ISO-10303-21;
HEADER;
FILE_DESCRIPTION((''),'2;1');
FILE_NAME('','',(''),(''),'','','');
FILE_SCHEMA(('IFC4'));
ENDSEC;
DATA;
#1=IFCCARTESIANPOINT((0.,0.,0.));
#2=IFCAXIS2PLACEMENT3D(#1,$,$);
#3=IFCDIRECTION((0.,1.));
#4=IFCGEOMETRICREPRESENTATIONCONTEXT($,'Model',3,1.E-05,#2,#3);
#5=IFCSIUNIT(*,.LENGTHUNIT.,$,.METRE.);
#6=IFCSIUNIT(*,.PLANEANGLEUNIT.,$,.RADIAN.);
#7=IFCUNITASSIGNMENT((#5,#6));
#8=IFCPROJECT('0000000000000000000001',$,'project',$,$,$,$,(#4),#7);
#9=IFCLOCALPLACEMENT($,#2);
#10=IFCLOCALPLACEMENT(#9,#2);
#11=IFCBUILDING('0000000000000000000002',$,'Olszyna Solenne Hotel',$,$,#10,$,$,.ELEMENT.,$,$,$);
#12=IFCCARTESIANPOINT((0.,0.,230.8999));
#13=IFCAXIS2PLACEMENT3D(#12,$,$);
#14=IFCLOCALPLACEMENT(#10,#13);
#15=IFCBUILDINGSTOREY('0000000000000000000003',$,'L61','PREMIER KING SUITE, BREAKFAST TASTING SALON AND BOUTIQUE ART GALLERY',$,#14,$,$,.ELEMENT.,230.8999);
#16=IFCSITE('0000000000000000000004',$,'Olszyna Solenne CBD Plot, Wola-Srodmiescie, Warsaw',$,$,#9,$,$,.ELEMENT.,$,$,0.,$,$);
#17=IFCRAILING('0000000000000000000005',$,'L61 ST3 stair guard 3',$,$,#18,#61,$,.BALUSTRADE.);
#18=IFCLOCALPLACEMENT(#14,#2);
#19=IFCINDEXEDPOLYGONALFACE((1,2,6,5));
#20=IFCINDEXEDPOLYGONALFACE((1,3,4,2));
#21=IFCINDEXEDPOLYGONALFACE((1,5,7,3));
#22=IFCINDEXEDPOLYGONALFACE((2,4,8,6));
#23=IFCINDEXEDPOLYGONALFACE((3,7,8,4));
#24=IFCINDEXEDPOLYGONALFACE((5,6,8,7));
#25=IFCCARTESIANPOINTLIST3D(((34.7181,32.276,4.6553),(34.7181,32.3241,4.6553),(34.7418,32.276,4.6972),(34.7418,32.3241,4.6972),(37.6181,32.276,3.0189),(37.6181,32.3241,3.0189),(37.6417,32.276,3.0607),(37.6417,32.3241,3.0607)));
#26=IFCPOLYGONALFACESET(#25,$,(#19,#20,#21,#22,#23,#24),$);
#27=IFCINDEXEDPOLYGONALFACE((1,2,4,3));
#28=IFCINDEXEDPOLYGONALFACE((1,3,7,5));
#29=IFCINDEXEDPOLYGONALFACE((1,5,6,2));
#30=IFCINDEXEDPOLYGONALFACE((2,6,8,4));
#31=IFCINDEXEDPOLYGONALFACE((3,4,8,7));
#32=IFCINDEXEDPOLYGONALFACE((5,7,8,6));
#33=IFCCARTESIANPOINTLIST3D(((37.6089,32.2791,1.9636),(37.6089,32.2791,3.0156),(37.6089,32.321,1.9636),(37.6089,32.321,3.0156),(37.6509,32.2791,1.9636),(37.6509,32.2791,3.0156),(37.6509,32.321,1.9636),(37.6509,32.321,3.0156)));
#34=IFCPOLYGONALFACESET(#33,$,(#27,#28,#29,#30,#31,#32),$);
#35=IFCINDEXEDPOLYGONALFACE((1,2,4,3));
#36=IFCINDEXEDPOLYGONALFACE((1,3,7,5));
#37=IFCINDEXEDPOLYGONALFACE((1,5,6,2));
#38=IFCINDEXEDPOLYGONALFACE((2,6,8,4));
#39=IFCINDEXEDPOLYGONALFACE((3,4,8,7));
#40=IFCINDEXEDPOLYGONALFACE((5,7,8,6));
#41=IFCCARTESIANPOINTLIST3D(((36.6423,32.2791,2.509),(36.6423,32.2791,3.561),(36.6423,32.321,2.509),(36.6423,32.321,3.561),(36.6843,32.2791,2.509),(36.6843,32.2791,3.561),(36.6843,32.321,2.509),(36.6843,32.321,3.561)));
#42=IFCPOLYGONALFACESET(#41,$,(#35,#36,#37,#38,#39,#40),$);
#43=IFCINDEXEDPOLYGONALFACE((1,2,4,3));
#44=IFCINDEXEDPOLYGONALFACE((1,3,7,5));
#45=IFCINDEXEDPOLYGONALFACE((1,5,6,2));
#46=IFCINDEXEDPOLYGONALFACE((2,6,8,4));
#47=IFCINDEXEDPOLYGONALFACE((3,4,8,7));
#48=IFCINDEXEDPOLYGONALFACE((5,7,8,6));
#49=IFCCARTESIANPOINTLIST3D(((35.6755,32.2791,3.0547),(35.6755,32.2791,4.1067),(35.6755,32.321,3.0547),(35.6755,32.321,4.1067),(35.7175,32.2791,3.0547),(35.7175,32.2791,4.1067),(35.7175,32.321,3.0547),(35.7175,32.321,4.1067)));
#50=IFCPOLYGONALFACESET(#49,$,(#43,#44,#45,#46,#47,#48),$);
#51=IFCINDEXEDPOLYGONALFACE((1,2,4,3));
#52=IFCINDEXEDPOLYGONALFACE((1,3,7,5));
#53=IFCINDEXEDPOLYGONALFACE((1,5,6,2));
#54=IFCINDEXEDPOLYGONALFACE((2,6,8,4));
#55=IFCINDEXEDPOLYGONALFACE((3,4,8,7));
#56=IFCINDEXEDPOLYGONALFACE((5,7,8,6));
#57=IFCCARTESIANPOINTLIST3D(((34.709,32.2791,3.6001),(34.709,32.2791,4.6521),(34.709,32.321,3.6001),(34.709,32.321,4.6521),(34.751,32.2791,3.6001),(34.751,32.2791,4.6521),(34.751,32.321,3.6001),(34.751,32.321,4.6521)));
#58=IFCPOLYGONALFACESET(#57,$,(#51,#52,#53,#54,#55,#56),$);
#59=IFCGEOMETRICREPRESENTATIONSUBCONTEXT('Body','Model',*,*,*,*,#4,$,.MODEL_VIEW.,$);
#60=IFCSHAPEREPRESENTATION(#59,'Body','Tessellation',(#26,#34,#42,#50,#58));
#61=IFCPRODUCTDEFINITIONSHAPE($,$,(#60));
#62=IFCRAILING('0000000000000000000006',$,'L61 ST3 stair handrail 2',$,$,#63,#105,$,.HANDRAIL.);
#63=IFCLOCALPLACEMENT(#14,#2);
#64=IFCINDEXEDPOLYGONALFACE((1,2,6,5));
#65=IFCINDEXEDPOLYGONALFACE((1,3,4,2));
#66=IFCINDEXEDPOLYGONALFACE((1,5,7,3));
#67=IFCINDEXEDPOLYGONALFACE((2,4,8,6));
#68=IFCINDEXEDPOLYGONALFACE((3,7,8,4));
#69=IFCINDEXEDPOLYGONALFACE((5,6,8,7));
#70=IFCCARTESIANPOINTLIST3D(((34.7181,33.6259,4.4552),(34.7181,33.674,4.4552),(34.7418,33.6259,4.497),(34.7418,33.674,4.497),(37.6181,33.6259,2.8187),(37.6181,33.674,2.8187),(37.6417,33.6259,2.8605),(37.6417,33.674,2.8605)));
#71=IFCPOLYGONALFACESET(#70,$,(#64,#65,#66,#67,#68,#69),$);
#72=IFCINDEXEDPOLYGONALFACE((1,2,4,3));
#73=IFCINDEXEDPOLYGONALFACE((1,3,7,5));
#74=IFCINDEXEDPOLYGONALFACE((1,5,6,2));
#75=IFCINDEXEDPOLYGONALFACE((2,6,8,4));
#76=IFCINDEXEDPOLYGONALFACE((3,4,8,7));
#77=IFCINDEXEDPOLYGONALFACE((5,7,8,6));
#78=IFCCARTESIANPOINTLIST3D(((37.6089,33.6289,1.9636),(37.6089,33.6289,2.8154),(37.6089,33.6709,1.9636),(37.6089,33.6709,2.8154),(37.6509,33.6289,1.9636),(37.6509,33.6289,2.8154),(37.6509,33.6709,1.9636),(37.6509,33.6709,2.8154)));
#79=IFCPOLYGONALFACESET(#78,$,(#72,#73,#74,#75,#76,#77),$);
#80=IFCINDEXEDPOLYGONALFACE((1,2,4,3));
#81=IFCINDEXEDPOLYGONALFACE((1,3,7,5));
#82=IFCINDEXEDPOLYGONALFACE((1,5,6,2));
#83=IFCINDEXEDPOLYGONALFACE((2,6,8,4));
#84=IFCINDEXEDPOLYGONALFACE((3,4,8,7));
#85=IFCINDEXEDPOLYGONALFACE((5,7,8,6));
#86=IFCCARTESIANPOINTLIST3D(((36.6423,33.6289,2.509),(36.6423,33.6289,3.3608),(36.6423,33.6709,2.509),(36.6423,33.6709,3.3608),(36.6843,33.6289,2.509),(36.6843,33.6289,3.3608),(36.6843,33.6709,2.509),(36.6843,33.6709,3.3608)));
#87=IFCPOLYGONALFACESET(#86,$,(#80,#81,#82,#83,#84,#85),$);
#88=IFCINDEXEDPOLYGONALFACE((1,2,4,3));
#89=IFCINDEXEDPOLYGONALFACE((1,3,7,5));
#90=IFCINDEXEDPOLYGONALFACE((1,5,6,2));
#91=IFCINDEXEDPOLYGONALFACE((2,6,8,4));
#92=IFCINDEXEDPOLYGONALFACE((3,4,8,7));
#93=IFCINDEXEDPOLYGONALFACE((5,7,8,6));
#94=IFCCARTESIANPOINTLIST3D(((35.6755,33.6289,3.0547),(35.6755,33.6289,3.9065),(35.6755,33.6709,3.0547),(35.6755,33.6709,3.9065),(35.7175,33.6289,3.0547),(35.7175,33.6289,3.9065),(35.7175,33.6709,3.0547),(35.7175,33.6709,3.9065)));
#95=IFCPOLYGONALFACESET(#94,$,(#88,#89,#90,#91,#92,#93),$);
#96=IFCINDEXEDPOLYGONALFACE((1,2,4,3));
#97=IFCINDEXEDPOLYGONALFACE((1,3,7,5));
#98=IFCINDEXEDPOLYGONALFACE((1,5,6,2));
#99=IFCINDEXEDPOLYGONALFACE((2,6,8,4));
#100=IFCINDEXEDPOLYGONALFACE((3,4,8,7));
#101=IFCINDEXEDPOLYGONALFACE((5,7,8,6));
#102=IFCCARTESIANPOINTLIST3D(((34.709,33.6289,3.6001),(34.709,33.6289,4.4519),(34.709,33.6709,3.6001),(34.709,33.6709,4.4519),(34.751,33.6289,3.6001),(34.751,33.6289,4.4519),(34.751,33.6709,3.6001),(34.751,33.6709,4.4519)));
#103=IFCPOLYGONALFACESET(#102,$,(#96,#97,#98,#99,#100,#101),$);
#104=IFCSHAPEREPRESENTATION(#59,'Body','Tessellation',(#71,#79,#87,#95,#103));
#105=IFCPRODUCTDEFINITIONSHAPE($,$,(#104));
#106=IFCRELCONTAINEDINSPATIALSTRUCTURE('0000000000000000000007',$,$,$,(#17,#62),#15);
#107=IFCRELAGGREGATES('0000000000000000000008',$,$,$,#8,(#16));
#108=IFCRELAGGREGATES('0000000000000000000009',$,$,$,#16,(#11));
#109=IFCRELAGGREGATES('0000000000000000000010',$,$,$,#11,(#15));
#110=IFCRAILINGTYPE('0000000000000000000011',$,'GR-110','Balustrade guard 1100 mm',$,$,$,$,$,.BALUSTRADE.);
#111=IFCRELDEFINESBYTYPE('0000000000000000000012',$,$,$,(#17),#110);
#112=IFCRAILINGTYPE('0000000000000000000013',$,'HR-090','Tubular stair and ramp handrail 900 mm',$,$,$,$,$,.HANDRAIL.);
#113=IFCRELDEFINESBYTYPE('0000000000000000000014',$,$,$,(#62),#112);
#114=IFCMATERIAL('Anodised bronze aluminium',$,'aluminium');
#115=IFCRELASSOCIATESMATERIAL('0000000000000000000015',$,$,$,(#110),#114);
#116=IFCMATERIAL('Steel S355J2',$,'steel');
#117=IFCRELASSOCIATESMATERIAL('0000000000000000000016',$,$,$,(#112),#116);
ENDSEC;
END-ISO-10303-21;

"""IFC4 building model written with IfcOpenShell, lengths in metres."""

from ifc_helpers import new_model, si_unit, direction, frame, origin, origin_2d, place, context, subcontext, project, spatial, rectangle, extrude, material, type_object, element, save


model = new_model("IFC4")

# Units and contexts
model_context = context("Model", 3, precision=1e-05, world=origin(), true_north=direction((0.0, 1.0)))
body_context = subcontext(model_context, "Body", "Model", "MODEL_VIEW")
ifc_project = project(units=[si_unit("LENGTHUNIT", "METRE"), si_unit("PLANEANGLEUNIT", "RADIAN")], contexts=[model_context])

# Site, building, storey
site_placement = place(None, origin())
site = spatial("IfcSite", under=ifc_project, at=site_placement, Name="Olszyna Solenne CBD Plot, Wola-Srodmiescie, Warsaw", CompositionType="ELEMENT", RefElevation=0.0)
building_placement = place(site_placement, origin())
building = spatial("IfcBuilding", under=site, at=building_placement, Name="Olszyna Solenne Hotel", CompositionType="ELEMENT")
storey_placement = place(building_placement, frame((0.0, 0.0, 230.8999)))
storey = spatial("IfcBuildingStorey", under=building, at=storey_placement, Name="L61", Description="PREMIER KING SUITE, BREAKFAST TASTING SALON AND BOUTIQUE ART GALLERY", CompositionType="ELEMENT", Elevation=230.8999)

# Shared definitions
ifc_material_1 = material(Name="Steel S355J2", Category="steel")

# Railings
ifc_material_2 = material(Name="Anodised bronze aluminium", Category="aluminium")
railing_type_1 = type_object("IfcRailingType", Name="GR-110", Description="Balustrade guard 1100 mm", PredefinedType="BALUSTRADE", material=ifc_material_2)
railing_1_placement = place(storey_placement, frame((37.6299, 32.3, 1.9636)))
element("IfcRailing", 1, at=railing_1_placement, inside=storey, type_object=railing_type_1, Name="L61 ST3 stair guard 3", PredefinedType="BALUSTRADE", context=body_context, shape_type="SweptSolid", body=[
    extrude(rectangle(XDim=0.0481, YDim=0.0481, at=origin_2d()), frame((0.0, 0.0, 1.0762), z_axis=(-0.870897, 0.0, 0.491465), x_axis=(0.0, -1.0, 0.0)), (0.0, 0.0, 1.0), 3.3298),
    extrude(rectangle(XDim=0.042, YDim=0.042, at=origin_2d()), origin(), (0.0, 0.0, 1.0), 1.052),
    extrude(rectangle(XDim=0.042, YDim=0.042, at=origin_2d()), frame((-0.9666, 0.0, 0.5454)), (0.0, 0.0, 1.0), 1.052),
    extrude(rectangle(XDim=0.042, YDim=0.042, at=origin_2d()), frame((-1.9333, 0.0, 1.0911)), (0.0, 0.0, 1.0), 1.052),
    extrude(rectangle(XDim=0.042, YDim=0.042, at=origin_2d()), frame((-2.8999, 0.0, 1.6365)), (0.0, 0.0, 1.0), 1.052),
])
railing_type_2 = type_object("IfcRailingType", Name="HR-090", Description="Tubular stair and ramp handrail 900 mm", PredefinedType="HANDRAIL", material=ifc_material_1)
railing_2_placement = place(storey_placement, frame((37.6299, 33.6499, 1.9636)))
element("IfcRailing", 2, at=railing_2_placement, inside=storey, type_object=railing_type_2, Name="L61 ST3 stair handrail 2", PredefinedType="HANDRAIL", context=body_context, shape_type="SweptSolid", body=[
    extrude(rectangle(XDim=0.0481, YDim=0.0481, at=origin_2d()), frame((0.0, 0.0, 0.876), z_axis=(-0.870897, 0.0, 0.491465), x_axis=(0.0, -1.0, 0.0)), (0.0, 0.0, 1.0), 3.3298),
    extrude(rectangle(XDim=0.042, YDim=0.042, at=origin_2d()), origin(), (0.0, 0.0, 1.0), 0.8518),
    extrude(rectangle(XDim=0.042, YDim=0.042, at=origin_2d()), frame((-0.9666, 0.0, 0.5454)), (0.0, 0.0, 1.0), 0.8518),
    extrude(rectangle(XDim=0.042, YDim=0.042, at=origin_2d()), frame((-1.9333, 0.0, 1.0911)), (0.0, 0.0, 1.0), 0.8518),
    extrude(rectangle(XDim=0.042, YDim=0.042, at=origin_2d()), frame((-2.8999, 0.0, 1.6365)), (0.0, 0.0, 1.0), 0.8518),
])

save(model, "model.ifc")
